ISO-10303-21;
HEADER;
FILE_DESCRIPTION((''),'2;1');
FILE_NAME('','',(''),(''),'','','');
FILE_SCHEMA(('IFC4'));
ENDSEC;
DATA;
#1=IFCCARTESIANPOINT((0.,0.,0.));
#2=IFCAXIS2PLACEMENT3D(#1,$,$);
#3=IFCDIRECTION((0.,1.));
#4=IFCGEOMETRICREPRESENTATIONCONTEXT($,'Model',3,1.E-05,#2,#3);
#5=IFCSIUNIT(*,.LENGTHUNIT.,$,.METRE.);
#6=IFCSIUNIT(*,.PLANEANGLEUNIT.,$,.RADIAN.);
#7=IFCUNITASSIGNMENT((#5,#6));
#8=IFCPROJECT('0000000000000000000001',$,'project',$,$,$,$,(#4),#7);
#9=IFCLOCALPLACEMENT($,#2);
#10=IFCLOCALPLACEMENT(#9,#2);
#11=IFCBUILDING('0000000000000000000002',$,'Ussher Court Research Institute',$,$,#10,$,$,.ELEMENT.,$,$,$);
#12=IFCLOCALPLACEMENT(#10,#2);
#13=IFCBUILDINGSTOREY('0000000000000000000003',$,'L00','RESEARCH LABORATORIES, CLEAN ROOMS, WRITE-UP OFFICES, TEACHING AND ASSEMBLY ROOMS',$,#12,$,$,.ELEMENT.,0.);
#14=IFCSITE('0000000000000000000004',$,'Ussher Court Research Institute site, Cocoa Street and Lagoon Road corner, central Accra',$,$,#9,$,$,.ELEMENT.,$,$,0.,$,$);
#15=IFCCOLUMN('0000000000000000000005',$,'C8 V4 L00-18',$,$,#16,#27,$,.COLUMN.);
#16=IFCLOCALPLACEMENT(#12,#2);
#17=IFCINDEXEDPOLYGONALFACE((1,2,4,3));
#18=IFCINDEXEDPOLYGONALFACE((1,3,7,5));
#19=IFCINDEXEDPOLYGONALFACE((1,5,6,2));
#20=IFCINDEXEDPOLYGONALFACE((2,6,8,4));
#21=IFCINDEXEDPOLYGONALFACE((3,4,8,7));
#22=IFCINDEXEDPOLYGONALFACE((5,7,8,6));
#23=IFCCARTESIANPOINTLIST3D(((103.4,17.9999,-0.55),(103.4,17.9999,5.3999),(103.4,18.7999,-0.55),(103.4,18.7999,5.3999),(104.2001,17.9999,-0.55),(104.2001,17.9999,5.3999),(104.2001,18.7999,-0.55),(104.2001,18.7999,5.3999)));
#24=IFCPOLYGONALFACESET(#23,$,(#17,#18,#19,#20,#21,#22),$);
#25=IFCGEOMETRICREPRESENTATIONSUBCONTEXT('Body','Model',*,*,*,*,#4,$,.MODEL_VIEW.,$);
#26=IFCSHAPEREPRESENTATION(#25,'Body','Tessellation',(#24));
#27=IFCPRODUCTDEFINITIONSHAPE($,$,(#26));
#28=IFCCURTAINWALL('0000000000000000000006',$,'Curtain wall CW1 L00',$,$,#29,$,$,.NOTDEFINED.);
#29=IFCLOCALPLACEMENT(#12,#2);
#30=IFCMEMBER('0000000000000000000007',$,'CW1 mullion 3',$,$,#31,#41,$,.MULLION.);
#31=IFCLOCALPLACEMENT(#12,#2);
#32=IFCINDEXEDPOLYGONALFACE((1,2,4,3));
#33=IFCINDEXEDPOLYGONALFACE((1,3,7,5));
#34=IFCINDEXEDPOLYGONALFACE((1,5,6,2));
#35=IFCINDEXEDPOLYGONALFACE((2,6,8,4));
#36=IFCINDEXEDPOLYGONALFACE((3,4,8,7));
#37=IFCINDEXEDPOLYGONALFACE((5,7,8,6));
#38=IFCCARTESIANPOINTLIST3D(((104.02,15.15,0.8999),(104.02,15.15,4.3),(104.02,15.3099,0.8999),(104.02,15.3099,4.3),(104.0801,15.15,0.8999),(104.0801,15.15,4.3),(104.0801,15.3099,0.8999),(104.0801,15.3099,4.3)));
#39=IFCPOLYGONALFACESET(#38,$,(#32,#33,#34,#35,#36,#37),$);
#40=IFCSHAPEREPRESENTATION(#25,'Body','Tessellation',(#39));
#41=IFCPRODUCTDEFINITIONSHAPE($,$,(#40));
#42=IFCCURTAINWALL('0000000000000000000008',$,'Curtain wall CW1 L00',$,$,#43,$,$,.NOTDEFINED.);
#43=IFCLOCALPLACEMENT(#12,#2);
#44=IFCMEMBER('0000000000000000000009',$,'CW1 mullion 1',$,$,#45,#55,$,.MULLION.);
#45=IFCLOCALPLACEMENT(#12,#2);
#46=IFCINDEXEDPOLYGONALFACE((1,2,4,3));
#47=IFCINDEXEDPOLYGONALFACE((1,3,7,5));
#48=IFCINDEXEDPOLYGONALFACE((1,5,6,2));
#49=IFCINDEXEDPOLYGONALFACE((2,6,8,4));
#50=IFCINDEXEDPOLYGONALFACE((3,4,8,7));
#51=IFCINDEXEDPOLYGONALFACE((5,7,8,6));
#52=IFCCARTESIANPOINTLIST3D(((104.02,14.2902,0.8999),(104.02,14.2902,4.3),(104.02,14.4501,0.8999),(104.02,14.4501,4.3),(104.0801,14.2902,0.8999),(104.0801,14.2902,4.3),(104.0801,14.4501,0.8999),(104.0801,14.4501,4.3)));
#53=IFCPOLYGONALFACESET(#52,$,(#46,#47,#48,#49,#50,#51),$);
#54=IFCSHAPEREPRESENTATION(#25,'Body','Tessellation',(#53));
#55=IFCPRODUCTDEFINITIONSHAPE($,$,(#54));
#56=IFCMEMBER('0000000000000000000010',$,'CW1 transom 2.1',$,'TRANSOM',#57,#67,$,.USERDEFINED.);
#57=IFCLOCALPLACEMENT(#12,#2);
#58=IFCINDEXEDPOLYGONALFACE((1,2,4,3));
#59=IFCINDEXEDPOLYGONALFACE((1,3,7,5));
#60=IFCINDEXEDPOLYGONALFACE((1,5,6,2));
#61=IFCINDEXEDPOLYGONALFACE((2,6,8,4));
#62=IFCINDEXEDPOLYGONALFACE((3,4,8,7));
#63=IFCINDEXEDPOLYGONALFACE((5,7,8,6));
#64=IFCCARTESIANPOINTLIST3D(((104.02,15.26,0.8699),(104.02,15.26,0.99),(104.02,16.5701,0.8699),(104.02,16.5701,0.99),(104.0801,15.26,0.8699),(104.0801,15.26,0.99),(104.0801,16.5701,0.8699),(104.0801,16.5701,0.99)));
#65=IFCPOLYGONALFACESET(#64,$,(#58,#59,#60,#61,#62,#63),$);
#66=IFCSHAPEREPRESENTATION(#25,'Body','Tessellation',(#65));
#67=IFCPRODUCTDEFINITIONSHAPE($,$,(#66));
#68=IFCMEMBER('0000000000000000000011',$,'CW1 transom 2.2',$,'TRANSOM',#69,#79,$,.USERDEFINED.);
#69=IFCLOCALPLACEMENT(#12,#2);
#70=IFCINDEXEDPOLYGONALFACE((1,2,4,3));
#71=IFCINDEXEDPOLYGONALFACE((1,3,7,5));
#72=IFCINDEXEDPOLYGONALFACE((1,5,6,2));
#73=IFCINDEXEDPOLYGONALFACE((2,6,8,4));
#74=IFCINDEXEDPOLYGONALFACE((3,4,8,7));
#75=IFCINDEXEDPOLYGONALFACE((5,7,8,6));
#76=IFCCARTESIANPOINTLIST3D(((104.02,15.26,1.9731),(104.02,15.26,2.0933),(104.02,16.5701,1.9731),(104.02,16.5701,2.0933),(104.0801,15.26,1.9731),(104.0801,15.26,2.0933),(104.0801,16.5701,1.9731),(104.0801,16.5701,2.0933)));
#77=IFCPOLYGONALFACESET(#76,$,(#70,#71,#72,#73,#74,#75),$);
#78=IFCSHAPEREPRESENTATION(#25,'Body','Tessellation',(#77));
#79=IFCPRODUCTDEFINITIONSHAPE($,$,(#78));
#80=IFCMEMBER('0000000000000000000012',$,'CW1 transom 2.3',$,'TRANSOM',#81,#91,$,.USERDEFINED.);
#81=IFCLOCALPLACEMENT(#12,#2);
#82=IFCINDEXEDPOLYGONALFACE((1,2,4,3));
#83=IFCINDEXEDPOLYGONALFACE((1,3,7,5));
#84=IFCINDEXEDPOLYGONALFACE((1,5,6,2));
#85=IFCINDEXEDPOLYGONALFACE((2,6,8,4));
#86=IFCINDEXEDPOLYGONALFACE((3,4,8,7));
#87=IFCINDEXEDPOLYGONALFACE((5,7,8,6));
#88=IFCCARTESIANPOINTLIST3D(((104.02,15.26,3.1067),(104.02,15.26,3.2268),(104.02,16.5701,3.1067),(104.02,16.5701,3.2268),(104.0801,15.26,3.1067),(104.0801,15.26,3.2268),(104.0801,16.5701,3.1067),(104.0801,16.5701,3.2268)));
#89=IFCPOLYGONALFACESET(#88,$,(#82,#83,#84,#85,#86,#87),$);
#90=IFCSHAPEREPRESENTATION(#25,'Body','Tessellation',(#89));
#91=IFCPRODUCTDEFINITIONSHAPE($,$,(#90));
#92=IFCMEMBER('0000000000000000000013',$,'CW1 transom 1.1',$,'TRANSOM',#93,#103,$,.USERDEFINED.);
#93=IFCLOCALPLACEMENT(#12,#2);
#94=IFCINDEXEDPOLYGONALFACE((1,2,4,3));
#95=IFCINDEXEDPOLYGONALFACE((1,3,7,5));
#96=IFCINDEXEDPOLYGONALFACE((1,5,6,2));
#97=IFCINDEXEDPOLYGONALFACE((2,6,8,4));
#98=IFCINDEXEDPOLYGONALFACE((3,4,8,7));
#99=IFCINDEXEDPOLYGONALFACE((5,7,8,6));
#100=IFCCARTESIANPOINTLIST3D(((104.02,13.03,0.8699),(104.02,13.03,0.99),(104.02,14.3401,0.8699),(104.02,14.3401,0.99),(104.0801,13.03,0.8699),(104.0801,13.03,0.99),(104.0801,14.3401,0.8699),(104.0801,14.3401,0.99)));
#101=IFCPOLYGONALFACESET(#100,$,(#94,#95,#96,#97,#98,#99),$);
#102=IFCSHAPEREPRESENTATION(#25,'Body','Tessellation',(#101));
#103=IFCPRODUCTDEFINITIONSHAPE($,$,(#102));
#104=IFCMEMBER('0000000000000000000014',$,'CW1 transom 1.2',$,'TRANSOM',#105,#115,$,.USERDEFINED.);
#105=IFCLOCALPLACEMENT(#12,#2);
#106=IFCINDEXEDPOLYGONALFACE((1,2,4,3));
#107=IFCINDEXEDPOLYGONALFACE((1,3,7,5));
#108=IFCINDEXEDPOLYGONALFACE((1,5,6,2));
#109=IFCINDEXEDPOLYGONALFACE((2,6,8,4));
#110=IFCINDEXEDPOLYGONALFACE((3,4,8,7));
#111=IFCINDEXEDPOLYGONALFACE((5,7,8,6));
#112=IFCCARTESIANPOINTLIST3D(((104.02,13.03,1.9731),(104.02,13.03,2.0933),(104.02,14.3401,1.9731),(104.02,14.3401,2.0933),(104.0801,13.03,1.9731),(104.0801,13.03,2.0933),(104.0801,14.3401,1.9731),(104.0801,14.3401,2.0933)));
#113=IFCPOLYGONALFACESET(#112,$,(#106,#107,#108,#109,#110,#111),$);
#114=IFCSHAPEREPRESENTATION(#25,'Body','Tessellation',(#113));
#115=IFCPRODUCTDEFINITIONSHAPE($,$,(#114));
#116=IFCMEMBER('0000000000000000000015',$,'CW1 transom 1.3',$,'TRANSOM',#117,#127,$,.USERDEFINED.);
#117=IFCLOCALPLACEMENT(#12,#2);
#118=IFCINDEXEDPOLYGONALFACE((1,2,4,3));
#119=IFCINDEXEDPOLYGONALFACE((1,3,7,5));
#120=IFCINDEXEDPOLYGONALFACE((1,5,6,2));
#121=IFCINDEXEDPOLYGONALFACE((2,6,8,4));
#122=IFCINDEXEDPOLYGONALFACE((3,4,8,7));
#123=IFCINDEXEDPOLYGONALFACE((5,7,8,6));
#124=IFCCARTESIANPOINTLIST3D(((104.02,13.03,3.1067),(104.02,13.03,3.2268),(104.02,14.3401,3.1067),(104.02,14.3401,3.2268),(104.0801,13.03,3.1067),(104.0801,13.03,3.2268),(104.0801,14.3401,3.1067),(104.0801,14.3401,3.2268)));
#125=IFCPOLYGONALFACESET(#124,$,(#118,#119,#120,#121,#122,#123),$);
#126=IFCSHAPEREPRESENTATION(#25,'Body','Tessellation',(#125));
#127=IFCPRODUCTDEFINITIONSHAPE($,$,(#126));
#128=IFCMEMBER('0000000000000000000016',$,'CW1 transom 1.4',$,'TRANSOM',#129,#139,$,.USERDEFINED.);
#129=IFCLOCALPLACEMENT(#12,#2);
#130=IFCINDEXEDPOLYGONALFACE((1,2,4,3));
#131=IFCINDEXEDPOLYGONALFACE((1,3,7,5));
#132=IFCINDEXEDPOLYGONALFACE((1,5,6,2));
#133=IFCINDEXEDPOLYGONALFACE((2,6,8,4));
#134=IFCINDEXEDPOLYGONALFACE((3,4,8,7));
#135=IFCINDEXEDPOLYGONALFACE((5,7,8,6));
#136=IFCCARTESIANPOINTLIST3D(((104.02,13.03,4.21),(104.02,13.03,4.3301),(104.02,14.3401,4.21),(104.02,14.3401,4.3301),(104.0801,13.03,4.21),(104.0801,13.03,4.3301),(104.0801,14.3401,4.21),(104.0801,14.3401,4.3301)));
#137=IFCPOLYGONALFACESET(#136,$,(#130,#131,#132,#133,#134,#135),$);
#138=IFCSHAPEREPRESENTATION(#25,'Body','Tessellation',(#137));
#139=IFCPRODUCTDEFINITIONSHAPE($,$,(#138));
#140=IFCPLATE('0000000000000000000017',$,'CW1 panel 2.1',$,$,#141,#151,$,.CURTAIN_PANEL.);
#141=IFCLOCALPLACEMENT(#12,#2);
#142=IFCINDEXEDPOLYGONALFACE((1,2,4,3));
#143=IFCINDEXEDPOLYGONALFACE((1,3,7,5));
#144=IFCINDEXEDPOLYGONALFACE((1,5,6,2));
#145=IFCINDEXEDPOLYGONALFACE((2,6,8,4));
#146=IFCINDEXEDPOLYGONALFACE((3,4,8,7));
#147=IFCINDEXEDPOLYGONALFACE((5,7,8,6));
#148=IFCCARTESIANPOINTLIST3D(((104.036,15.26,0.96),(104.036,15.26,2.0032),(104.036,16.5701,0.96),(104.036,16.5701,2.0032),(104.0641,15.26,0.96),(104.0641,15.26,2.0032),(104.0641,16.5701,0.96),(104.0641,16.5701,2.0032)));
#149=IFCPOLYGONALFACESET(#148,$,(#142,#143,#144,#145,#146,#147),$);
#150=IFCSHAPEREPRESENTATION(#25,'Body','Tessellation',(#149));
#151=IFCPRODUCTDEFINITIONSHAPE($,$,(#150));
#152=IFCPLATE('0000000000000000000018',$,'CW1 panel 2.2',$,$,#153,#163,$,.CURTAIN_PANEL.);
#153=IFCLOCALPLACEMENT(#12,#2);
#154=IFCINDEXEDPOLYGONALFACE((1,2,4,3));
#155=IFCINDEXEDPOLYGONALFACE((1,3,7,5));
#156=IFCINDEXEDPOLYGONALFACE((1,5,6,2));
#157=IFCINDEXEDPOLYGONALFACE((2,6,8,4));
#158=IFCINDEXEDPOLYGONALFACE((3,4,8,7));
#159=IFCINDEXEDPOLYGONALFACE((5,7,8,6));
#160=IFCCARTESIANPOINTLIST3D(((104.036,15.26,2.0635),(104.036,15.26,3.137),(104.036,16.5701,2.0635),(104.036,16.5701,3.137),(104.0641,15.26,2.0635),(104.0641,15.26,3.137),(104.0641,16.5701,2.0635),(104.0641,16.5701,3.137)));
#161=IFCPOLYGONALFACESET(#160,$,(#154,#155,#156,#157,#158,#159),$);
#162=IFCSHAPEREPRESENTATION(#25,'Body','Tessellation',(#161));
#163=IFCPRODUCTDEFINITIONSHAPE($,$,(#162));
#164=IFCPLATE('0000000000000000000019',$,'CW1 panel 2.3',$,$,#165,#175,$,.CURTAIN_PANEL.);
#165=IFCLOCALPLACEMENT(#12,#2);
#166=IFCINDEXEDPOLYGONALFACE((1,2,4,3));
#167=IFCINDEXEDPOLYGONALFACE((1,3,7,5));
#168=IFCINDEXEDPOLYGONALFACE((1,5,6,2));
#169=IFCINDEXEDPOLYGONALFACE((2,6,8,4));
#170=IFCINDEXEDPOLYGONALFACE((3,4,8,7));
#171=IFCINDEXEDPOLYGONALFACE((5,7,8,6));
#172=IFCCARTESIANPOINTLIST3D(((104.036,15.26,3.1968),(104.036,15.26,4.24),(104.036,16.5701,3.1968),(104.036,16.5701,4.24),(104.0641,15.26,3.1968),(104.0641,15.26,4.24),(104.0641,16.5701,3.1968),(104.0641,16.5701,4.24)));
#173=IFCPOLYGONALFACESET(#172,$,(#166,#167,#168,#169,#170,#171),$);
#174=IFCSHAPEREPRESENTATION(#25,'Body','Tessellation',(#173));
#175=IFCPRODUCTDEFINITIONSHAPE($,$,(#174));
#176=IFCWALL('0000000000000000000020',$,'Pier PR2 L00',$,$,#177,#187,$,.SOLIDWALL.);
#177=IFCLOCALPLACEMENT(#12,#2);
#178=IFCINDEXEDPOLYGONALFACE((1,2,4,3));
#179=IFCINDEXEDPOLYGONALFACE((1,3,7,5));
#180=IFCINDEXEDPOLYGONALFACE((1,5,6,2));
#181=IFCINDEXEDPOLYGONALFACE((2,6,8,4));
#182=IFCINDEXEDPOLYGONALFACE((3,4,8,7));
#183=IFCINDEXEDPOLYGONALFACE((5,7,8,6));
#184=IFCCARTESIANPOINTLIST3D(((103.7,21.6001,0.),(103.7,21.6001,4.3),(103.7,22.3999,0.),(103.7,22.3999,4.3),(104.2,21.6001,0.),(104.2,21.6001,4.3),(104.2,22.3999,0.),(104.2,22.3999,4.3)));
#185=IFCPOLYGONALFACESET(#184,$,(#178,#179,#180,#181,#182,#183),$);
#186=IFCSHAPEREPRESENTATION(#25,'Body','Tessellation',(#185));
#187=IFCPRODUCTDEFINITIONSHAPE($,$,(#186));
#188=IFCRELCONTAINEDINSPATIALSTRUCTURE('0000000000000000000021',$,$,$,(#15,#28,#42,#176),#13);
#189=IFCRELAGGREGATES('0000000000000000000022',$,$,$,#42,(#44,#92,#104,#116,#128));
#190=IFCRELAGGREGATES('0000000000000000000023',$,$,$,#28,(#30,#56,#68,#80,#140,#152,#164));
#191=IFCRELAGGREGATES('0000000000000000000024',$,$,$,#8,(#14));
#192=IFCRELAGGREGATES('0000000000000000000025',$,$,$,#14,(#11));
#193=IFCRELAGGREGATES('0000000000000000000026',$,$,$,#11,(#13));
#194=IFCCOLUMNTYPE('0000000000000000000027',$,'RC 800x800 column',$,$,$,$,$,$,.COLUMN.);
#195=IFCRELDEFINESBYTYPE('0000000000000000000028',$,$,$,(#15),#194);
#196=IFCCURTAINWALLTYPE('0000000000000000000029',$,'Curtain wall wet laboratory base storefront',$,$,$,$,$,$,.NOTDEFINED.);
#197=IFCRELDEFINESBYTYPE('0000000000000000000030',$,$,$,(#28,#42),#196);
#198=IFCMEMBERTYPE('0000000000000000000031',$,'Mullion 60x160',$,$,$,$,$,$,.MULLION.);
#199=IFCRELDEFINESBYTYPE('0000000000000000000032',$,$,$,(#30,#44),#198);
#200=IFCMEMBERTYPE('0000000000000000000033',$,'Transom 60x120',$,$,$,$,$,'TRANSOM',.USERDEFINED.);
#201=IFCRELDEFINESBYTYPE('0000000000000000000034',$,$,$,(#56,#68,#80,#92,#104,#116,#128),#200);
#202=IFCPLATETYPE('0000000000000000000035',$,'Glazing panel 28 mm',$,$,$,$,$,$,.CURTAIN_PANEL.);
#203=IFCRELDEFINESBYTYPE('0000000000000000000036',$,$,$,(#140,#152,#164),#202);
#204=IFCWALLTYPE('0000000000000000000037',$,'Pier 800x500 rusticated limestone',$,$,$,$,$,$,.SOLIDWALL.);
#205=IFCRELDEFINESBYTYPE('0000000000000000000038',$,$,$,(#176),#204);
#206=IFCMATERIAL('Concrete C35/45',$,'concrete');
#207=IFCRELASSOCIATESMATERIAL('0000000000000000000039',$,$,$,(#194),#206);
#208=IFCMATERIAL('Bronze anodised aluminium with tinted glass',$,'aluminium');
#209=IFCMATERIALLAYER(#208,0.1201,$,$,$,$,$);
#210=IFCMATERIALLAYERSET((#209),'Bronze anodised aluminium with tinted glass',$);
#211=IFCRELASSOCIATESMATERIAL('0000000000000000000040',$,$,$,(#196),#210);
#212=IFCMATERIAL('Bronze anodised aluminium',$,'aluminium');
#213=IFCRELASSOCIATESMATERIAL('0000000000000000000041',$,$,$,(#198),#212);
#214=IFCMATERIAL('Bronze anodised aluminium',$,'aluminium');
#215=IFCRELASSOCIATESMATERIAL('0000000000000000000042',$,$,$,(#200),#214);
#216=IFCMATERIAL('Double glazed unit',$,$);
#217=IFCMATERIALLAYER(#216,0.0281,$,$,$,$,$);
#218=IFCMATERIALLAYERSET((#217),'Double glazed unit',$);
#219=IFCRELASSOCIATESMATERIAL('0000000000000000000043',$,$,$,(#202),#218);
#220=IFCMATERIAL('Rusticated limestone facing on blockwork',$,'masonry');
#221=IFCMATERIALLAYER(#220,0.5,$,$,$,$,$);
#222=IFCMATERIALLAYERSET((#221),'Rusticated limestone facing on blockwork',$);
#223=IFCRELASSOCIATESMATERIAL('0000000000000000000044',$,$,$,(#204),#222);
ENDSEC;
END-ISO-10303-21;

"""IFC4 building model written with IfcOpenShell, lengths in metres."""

from ifc_helpers import new_model, si_unit, direction, frame, frame_2d, origin, origin_2d, place, context, subcontext, project, spatial, rectangle, extrude, material, layer, layer_set, material_profile, profile_set, type_object, element, aggregate, save


model = new_model("IFC4")

# Units and contexts
model_context = context("Model", 3, precision=1e-05, world=origin(), true_north=direction((0.0, 1.0)))
body_context = subcontext(model_context, "Body", "Model", "MODEL_VIEW")
ifc_project = project(units=[si_unit("LENGTHUNIT", "METRE"), si_unit("PLANEANGLEUNIT", "RADIAN")], contexts=[model_context])

# Site, building, storey
site_placement = place(None, origin())
site = spatial("IfcSite", under=ifc_project, at=site_placement, Name="Ussher Court Research Institute site, Cocoa Street and Lagoon Road corner, central Accra", CompositionType="ELEMENT", RefElevation=0.0)
building_placement = place(site_placement, origin())
building = spatial("IfcBuilding", under=site, at=building_placement, Name="Ussher Court Research Institute", CompositionType="ELEMENT")
storey_placement = place(building_placement, origin())
storey = spatial("IfcBuildingStorey", under=building, at=storey_placement, Name="L00", Description="RESEARCH LABORATORIES, CLEAN ROOMS, WRITE-UP OFFICES, TEACHING AND ASSEMBLY ROOMS", CompositionType="ELEMENT", Elevation=0.0)

# Column
ifc_material_1 = material(Name="Concrete C35/45", Category="concrete")
ifc_material_profile_1 = material_profile(ifc_material_1, rectangle(XDim=0.8, YDim=0.8, at=origin_2d()), Name="RC 800x800")
ifc_profile_set_1 = profile_set([ifc_material_profile_1], Name="Concrete C35/45")
column_type = type_object("IfcColumnType", Name="RC 800x800 column", PredefinedType="COLUMN", material=ifc_profile_set_1)
column_placement = place(storey_placement, frame((103.8, 18.3999, -0.55), z_axis=(0.0, 0.0, 1.0), x_axis=(1.0, 0.0, 0.0)))
element("IfcColumn", 1, at=column_placement, inside=storey, type_object=column_type, Name="C8 V4 L00-18", PredefinedType="COLUMN", context=body_context, shape_type="SweptSolid", body=[
    extrude(rectangle(XDim=0.8, YDim=0.8, at=origin_2d()), origin(), (0.0, 0.0, 1.0), 5.95),
])

# Curtain walls, members
ifc_material_2 = material(Name="Bronze anodised aluminium with tinted glass", Category="aluminium")
ifc_layer_1 = layer(ifc_material_2, 0.1201)
ifc_layer_set_1 = layer_set([ifc_layer_1], Name="Bronze anodised aluminium with tinted glass")
curtain_wall_type = type_object("IfcCurtainWallType", Name="Curtain wall wet laboratory base storefront", PredefinedType="NOTDEFINED", material=ifc_layer_set_1)
curtain_wall_1_placement = place(storey_placement, origin())
curtain_wall_1 = element("IfcCurtainWall", 2, at=curtain_wall_1_placement, inside=storey, type_object=curtain_wall_type, Name="Curtain wall CW1 L00", PredefinedType="NOTDEFINED")
ifc_material_3 = material(Name="Bronze anodised aluminium", Category="aluminium")
ifc_material_profile_2 = material_profile(ifc_material_3, rectangle(XDim=0.0601, YDim=0.1599, at=origin_2d()), Name="Mullion 60x160")
ifc_profile_set_2 = profile_set([ifc_material_profile_2], Name="Bronze anodised aluminium")
member_type_1 = type_object("IfcMemberType", Name="Mullion 60x160", PredefinedType="MULLION", material=ifc_profile_set_2)
member_1_placement = place(storey_placement, frame((104.05, 15.23, 0.8999), z_axis=(0.0, 0.0, 1.0), x_axis=(1.0, 0.0, 0.0)))
member_1 = element("IfcMember", 3, at=member_1_placement, type_object=member_type_1, Name="CW1 mullion 3", PredefinedType="MULLION", context=body_context, shape_type="SweptSolid", body=[
    extrude(rectangle(XDim=0.0601, YDim=0.1599, at=origin_2d()), origin(), (0.0, 0.0, 1.0), 3.4001),
])
curtain_wall_2_placement = place(storey_placement, origin())
curtain_wall_2 = element("IfcCurtainWall", 4, at=curtain_wall_2_placement, inside=storey, type_object=curtain_wall_type, Name="Curtain wall CW1 L00", PredefinedType="NOTDEFINED")
member_2_placement = place(storey_placement, frame((104.05, 14.3701, 0.8999), z_axis=(0.0, 0.0, 1.0), x_axis=(1.0, 0.0, 0.0)))
member_2 = element("IfcMember", 5, at=member_2_placement, type_object=member_type_1, Name="CW1 mullion 1", PredefinedType="MULLION", context=body_context, shape_type="SweptSolid", body=[
    extrude(rectangle(XDim=0.0601, YDim=0.1599, at=origin_2d()), origin(), (0.0, 0.0, 1.0), 3.4001),
])

# Members
ifc_material_4 = material(Name="Bronze anodised aluminium", Category="aluminium")
ifc_material_profile_3 = material_profile(ifc_material_4, rectangle(XDim=0.0601, YDim=0.1201, at=origin_2d()), Name="Transom 60x120")
ifc_profile_set_3 = profile_set([ifc_material_profile_3], Name="Bronze anodised aluminium")
member_type_2 = type_object("IfcMemberType", Name="Transom 60x120", ElementType="TRANSOM", PredefinedType="USERDEFINED", material=ifc_profile_set_3)
member_3_placement = place(storey_placement, frame((104.05, 16.5701, 0.9299), z_axis=(0.0, -1.0, 0.0), x_axis=(1.0, 0.0, 0.0)))
member_3 = element("IfcMember", 6, at=member_3_placement, type_object=member_type_2, Name="CW1 transom 2.1", ObjectType="TRANSOM", PredefinedType="USERDEFINED", context=body_context, shape_type="SweptSolid", body=[
    extrude(rectangle(XDim=0.0601, YDim=0.1201, at=origin_2d()), origin(), (0.0, 0.0, 1.0), 1.3101),
])
member_4_placement = place(storey_placement, frame((104.05, 16.5701, 2.0332), z_axis=(0.0, -1.0, 0.0), x_axis=(1.0, 0.0, 0.0)))
member_4 = element("IfcMember", 7, at=member_4_placement, type_object=member_type_2, Name="CW1 transom 2.2", ObjectType="TRANSOM", PredefinedType="USERDEFINED", context=body_context, shape_type="SweptSolid", body=[
    extrude(rectangle(XDim=0.0601, YDim=0.1201, at=origin_2d()), origin(), (0.0, 0.0, 1.0), 1.3101),
])
member_5_placement = place(storey_placement, frame((104.05, 16.5701, 3.1667), z_axis=(0.0, -1.0, 0.0), x_axis=(1.0, 0.0, 0.0)))
member_5 = element("IfcMember", 8, at=member_5_placement, type_object=member_type_2, Name="CW1 transom 2.3", ObjectType="TRANSOM", PredefinedType="USERDEFINED", context=body_context, shape_type="SweptSolid", body=[
    extrude(rectangle(XDim=0.0601, YDim=0.1201, at=origin_2d()), origin(), (0.0, 0.0, 1.0), 1.3101),
])
member_6_placement = place(storey_placement, frame((104.05, 14.3401, 0.9299), z_axis=(0.0, -1.0, 0.0), x_axis=(1.0, 0.0, 0.0)))
member_6 = element("IfcMember", 9, at=member_6_placement, type_object=member_type_2, Name="CW1 transom 1.1", ObjectType="TRANSOM", PredefinedType="USERDEFINED", context=body_context, shape_type="SweptSolid", body=[
    extrude(rectangle(XDim=0.0601, YDim=0.1201, at=origin_2d()), origin(), (0.0, 0.0, 1.0), 1.3101),
])
member_7_placement = place(storey_placement, frame((104.05, 14.3401, 2.0332), z_axis=(0.0, -1.0, 0.0), x_axis=(1.0, 0.0, 0.0)))
member_7 = element("IfcMember", 10, at=member_7_placement, type_object=member_type_2, Name="CW1 transom 1.2", ObjectType="TRANSOM", PredefinedType="USERDEFINED", context=body_context, shape_type="SweptSolid", body=[
    extrude(rectangle(XDim=0.0601, YDim=0.1201, at=origin_2d()), origin(), (0.0, 0.0, 1.0), 1.3101),
])
member_8_placement = place(storey_placement, frame((104.05, 14.3401, 3.1667), z_axis=(0.0, -1.0, 0.0), x_axis=(1.0, 0.0, 0.0)))
member_8 = element("IfcMember", 11, at=member_8_placement, type_object=member_type_2, Name="CW1 transom 1.3", ObjectType="TRANSOM", PredefinedType="USERDEFINED", context=body_context, shape_type="SweptSolid", body=[
    extrude(rectangle(XDim=0.0601, YDim=0.1201, at=origin_2d()), origin(), (0.0, 0.0, 1.0), 1.3101),
])
member_9_placement = place(storey_placement, frame((104.05, 14.3401, 4.27), z_axis=(0.0, -1.0, 0.0), x_axis=(1.0, 0.0, 0.0)))
member_9 = element("IfcMember", 12, at=member_9_placement, type_object=member_type_2, Name="CW1 transom 1.4", ObjectType="TRANSOM", PredefinedType="USERDEFINED", context=body_context, shape_type="SweptSolid", body=[
    extrude(rectangle(XDim=0.0601, YDim=0.1201, at=origin_2d()), origin(), (0.0, 0.0, 1.0), 1.3101),
])
aggregate(curtain_wall_2, [member_2, member_6, member_7, member_8, member_9])

# Plates
ifc_material_5 = material(Name="Double glazed unit")
ifc_layer_2 = layer(ifc_material_5, 0.0281)
ifc_layer_set_2 = layer_set([ifc_layer_2], Name="Double glazed unit")
plate_type = type_object("IfcPlateType", Name="Glazing panel 28 mm", PredefinedType="CURTAIN_PANEL", material=ifc_layer_set_2)
plate_1_placement = place(storey_placement, frame((104.05, 15.915, 0.96), z_axis=(0.0, 0.0, 1.0), x_axis=(0.0, -1.0, 0.0)))
plate_1 = element("IfcPlate", 13, at=plate_1_placement, type_object=plate_type, Name="CW1 panel 2.1", PredefinedType="CURTAIN_PANEL", context=body_context, shape_type="SweptSolid", body=[
    extrude(rectangle(XDim=1.3101, YDim=0.0281, at=origin_2d()), origin(), (0.0, 0.0, 1.0), 1.0432),
])
plate_2_placement = place(storey_placement, frame((104.05, 15.915, 2.0635), z_axis=(0.0, 0.0, 1.0), x_axis=(0.0, -1.0, 0.0)))
plate_2 = element("IfcPlate", 14, at=plate_2_placement, type_object=plate_type, Name="CW1 panel 2.2", PredefinedType="CURTAIN_PANEL", context=body_context, shape_type="SweptSolid", body=[
    extrude(rectangle(XDim=1.3101, YDim=0.0281, at=origin_2d()), origin(), (0.0, 0.0, 1.0), 1.0735),
])
plate_3_placement = place(storey_placement, frame((104.05, 15.915, 3.1968), z_axis=(0.0, 0.0, 1.0), x_axis=(0.0, -1.0, 0.0)))
plate_3 = element("IfcPlate", 15, at=plate_3_placement, type_object=plate_type, Name="CW1 panel 2.3", PredefinedType="CURTAIN_PANEL", context=body_context, shape_type="SweptSolid", body=[
    extrude(rectangle(XDim=1.3101, YDim=0.0281, at=origin_2d()), origin(), (0.0, 0.0, 1.0), 1.0432),
])
aggregate(curtain_wall_1, [member_1, member_3, member_4, member_5, plate_1, plate_2, plate_3])

# Wall
ifc_material_6 = material(Name="Rusticated limestone facing on blockwork", Category="masonry")
ifc_layer_3 = layer(ifc_material_6, 0.5)
ifc_layer_set_3 = layer_set([ifc_layer_3], Name="Rusticated limestone facing on blockwork")
wall_type_1 = type_object("IfcWallType", Name="Pier 800x500 rusticated limestone", PredefinedType="SOLIDWALL", material=ifc_layer_set_3)
wall_1_placement = place(storey_placement, frame((103.95, 22.3999, 0.0), z_axis=(0.0, 0.0, 1.0), x_axis=(0.0, -1.0, 0.0)))
element("IfcWall", 16, at=wall_1_placement, inside=storey, type_object=wall_type_1, Name="Pier PR2 L00", PredefinedType="SOLIDWALL", context=body_context, shape_type="SweptSolid", body=[
    extrude(rectangle(XDim=0.7998, YDim=0.5, at=frame_2d((0.3999, 0.0))), origin(), (0.0, 0.0, 1.0), 4.3),
])

save(model, "model.ifc")
